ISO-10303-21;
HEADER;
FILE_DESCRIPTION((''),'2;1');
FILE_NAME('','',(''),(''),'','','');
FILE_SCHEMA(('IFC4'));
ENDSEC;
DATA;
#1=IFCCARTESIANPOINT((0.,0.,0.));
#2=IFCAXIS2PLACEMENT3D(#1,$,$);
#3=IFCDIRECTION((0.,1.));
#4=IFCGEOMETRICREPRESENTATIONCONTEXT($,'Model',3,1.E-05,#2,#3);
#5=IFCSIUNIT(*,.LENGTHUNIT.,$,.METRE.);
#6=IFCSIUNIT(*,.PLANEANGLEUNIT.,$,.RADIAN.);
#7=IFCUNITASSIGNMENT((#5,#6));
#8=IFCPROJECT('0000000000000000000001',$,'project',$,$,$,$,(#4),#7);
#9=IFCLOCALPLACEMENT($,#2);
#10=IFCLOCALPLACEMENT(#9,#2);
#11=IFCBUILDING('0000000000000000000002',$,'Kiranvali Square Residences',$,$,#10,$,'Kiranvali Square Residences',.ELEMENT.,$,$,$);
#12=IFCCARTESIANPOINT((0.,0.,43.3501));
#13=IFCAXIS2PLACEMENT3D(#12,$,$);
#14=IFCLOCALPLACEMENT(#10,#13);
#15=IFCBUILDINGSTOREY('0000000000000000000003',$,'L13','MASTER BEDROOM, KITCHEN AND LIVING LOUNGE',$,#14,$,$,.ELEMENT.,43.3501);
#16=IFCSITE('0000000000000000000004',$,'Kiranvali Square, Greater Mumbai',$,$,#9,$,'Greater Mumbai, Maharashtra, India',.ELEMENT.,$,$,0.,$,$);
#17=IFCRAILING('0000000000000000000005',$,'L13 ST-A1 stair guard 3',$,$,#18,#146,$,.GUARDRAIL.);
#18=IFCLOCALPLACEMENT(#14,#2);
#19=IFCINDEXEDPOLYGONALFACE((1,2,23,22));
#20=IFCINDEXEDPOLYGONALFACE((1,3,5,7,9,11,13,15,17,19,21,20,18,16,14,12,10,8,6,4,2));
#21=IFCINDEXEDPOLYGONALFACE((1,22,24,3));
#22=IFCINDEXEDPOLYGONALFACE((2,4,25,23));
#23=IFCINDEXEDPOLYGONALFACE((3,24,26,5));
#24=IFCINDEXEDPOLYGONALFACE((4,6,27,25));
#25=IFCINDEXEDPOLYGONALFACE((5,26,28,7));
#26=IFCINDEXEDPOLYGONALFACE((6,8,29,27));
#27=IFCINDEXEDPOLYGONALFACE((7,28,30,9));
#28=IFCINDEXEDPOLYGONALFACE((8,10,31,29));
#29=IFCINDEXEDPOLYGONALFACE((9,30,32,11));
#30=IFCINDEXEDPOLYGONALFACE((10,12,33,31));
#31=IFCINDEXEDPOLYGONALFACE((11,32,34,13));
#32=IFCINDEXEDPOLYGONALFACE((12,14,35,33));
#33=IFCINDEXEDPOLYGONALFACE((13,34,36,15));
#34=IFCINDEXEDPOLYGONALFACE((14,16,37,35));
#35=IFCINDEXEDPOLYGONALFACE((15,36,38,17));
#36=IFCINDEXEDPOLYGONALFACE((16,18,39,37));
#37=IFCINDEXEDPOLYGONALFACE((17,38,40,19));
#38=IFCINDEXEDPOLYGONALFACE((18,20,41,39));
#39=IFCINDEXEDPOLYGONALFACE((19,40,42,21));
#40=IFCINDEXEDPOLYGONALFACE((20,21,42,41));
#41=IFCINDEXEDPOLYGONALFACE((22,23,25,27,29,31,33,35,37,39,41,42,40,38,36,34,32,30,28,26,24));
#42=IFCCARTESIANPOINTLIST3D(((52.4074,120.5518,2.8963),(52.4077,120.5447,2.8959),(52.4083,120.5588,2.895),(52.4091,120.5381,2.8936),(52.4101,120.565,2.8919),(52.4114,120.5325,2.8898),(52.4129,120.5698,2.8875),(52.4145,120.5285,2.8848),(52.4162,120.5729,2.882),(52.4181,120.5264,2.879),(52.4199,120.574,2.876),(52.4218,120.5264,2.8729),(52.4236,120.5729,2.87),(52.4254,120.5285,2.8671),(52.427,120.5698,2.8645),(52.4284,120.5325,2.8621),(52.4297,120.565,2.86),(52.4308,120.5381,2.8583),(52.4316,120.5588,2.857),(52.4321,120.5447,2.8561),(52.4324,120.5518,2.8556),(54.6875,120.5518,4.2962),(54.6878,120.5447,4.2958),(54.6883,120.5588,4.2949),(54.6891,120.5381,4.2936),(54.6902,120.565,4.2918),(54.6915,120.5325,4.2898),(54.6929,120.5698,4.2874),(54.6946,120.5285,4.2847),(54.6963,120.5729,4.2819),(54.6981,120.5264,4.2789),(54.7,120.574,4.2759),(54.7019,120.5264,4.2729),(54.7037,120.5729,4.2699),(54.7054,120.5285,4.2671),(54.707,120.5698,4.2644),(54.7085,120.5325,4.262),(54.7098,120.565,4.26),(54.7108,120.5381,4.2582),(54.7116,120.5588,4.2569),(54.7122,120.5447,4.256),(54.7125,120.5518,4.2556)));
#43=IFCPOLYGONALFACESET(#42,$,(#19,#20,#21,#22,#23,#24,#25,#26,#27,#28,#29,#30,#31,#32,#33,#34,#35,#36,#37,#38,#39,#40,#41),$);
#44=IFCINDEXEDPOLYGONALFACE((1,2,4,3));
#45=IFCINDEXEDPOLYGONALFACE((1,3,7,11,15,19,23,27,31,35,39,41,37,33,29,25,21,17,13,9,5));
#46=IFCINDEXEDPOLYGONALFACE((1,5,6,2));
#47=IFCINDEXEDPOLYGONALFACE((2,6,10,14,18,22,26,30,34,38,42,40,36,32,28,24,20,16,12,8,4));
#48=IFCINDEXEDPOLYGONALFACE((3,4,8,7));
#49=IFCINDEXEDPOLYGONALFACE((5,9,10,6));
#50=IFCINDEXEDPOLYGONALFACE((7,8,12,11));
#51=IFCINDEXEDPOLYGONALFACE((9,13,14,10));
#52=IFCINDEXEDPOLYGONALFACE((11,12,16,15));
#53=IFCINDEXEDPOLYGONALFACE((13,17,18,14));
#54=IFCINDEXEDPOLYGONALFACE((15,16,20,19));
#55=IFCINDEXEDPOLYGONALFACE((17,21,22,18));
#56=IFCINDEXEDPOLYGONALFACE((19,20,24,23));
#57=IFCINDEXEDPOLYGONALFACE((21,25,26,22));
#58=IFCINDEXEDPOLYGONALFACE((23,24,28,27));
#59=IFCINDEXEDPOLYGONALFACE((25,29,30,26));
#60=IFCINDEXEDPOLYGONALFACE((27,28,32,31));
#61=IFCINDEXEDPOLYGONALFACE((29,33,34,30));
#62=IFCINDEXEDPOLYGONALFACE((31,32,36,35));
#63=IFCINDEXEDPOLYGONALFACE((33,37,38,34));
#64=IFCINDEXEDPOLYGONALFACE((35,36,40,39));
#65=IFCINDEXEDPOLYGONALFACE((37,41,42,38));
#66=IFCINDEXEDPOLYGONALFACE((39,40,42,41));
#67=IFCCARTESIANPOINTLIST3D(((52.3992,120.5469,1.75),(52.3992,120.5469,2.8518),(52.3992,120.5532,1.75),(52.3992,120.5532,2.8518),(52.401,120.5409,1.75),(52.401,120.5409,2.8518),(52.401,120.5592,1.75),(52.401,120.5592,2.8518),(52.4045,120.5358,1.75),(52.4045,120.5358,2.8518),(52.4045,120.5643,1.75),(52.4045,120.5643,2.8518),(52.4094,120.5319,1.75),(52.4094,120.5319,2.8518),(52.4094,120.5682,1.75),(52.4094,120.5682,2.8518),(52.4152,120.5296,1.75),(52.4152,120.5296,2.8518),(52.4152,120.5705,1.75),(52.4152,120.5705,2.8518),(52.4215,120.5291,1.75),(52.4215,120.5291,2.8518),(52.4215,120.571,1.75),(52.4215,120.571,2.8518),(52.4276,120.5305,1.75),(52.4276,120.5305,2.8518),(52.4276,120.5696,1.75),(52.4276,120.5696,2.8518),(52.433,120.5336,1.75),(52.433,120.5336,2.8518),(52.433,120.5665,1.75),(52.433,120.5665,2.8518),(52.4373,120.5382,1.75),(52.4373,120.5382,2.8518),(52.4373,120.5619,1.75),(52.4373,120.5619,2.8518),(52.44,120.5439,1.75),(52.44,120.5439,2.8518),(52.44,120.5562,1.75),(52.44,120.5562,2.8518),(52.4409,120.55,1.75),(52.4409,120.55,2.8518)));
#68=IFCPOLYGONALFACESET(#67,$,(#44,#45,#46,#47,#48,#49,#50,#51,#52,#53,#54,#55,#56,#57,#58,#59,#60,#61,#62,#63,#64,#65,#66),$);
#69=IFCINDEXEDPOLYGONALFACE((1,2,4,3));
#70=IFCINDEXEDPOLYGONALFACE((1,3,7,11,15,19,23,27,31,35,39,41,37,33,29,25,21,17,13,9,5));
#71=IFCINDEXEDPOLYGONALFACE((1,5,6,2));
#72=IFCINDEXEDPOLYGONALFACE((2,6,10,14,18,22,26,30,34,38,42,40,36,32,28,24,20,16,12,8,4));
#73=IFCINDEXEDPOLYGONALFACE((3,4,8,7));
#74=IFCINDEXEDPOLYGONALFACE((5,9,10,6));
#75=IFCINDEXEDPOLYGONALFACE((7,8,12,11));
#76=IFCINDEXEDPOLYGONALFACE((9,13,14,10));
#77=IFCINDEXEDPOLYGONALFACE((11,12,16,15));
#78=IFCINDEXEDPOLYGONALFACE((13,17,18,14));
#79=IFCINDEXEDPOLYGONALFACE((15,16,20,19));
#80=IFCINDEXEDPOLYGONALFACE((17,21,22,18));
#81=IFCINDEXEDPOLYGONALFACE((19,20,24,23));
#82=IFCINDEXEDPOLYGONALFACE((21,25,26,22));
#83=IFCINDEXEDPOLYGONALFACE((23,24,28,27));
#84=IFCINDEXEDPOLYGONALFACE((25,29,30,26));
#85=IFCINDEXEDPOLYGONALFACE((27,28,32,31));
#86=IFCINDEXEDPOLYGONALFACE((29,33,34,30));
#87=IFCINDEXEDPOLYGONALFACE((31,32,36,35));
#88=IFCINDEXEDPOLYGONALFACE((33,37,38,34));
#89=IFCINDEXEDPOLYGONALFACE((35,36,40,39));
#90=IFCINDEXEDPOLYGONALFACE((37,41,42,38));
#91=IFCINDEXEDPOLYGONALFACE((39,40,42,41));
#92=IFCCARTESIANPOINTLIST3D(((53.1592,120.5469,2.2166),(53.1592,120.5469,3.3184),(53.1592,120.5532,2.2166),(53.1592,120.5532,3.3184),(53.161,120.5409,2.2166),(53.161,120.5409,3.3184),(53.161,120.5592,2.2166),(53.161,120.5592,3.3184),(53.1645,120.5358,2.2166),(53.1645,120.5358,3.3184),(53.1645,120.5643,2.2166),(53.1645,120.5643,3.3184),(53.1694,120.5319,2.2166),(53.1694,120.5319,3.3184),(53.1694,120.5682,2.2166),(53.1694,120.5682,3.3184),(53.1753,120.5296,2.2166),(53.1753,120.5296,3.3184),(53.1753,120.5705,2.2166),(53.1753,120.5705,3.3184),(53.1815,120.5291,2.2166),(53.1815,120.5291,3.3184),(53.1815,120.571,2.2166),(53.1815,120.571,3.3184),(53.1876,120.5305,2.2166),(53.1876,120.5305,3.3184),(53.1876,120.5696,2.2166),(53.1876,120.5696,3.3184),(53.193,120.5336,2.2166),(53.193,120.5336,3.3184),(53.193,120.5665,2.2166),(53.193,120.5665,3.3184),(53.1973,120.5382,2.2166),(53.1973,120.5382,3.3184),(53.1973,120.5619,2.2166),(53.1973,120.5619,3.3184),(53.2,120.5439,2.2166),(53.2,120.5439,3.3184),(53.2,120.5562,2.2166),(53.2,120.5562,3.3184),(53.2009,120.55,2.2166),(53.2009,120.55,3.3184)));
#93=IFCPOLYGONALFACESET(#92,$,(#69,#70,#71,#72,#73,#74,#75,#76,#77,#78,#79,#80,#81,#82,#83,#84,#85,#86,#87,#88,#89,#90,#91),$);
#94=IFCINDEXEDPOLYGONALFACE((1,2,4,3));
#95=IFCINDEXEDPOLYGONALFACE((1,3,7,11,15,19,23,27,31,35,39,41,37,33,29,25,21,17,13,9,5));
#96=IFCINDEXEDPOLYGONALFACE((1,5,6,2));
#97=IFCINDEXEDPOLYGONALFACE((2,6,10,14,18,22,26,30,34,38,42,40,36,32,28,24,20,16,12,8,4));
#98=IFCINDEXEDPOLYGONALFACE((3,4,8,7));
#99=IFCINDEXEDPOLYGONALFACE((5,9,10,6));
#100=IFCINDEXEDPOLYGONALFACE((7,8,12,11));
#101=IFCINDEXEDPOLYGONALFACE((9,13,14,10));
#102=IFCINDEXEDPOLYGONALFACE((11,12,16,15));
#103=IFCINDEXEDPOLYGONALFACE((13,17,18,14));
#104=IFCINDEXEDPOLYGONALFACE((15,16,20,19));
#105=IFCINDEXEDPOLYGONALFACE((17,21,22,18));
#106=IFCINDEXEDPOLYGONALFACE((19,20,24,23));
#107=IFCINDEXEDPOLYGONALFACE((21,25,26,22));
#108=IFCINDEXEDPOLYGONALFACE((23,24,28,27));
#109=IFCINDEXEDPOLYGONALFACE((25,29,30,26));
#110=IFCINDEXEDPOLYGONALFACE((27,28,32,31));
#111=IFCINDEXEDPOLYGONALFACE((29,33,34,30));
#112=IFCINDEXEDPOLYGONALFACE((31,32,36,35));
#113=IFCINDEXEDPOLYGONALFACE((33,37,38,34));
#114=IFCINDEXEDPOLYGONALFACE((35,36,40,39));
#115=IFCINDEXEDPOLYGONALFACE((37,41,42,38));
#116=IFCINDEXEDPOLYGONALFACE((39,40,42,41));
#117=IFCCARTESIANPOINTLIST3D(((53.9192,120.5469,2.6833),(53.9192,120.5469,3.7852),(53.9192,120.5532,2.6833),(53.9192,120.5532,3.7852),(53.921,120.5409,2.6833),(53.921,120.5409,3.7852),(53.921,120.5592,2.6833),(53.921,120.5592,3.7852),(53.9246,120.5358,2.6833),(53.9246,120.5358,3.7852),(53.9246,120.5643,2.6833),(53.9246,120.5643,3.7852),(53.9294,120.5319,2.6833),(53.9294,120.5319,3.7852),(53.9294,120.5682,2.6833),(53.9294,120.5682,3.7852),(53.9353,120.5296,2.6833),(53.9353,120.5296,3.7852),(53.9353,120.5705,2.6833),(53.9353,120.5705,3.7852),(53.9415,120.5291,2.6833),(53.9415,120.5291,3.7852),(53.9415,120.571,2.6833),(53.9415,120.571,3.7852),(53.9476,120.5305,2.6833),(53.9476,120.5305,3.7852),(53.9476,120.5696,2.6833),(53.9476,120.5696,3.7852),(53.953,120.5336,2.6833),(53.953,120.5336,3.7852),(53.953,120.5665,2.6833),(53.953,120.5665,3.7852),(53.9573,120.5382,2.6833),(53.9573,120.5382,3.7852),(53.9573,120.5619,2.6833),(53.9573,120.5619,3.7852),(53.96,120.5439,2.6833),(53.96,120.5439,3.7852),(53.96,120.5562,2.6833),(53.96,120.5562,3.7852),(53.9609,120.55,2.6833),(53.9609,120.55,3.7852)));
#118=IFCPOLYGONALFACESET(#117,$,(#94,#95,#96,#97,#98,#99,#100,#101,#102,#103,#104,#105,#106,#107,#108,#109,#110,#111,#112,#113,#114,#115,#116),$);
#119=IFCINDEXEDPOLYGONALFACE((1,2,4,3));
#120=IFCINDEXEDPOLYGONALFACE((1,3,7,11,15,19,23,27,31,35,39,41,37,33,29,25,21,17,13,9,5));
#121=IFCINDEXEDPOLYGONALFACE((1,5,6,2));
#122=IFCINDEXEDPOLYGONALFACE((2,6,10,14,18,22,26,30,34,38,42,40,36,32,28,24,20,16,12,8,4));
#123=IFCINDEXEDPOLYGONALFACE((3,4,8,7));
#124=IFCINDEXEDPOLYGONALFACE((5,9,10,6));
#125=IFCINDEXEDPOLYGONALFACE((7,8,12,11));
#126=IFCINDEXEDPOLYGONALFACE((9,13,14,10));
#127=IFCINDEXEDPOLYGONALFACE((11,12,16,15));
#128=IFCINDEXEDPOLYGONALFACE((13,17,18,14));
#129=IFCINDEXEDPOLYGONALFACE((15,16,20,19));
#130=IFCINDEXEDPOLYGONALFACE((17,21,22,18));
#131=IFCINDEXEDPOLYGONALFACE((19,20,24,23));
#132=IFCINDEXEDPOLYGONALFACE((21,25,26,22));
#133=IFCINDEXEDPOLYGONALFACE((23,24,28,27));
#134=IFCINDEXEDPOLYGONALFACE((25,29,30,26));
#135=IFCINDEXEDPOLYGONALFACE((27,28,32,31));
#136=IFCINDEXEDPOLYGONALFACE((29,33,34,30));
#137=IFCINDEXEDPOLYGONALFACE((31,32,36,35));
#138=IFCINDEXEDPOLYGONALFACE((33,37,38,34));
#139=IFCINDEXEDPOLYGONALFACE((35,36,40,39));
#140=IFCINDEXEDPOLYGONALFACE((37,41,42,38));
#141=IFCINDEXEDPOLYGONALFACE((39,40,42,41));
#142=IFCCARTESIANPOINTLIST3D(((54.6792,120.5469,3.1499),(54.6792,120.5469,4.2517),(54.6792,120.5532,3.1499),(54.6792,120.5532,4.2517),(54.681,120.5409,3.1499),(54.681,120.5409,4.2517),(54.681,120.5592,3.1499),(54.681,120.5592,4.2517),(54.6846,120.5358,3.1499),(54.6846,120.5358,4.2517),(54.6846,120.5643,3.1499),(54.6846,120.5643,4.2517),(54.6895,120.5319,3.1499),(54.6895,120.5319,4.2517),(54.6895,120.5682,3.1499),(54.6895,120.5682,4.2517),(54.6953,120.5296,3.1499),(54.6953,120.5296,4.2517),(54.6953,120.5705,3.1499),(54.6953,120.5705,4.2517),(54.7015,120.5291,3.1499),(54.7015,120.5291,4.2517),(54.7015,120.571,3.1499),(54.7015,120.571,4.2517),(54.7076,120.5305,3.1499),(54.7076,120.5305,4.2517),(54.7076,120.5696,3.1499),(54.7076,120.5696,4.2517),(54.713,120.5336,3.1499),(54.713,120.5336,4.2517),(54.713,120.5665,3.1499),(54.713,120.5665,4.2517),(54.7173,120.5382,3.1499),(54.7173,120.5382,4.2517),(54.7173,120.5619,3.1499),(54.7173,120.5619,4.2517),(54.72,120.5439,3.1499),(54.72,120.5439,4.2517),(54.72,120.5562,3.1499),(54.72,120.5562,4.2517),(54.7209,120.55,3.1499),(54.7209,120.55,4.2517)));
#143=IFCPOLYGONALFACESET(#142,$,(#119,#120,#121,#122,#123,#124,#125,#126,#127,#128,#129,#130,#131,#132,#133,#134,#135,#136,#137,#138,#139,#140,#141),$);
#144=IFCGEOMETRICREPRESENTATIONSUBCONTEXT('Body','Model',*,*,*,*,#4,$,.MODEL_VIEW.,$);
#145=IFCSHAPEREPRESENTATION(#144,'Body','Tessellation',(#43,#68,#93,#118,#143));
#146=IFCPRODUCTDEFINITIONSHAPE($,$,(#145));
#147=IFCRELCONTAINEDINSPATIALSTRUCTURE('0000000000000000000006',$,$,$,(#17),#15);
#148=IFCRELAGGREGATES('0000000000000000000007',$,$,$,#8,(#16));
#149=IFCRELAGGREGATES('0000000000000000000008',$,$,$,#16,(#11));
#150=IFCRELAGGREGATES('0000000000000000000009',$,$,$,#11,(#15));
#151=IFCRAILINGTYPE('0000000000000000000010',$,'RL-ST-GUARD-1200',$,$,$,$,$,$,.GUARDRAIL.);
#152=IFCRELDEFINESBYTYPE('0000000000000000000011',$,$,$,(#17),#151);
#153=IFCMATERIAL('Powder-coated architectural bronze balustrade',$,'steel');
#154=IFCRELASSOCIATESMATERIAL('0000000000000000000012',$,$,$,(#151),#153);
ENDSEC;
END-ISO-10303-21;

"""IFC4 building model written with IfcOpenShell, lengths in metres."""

from ifc_helpers import new_model, si_unit, direction, frame, origin, origin_2d, place, context, subcontext, project, spatial, circle, extrude, material, type_object, element, save


model = new_model("IFC4")

# Units and contexts
model_context = context("Model", 3, precision=1e-05, world=origin(), true_north=direction((0.0, 1.0)))
body_context = subcontext(model_context, "Body", "Model", "MODEL_VIEW")
ifc_project = project(units=[si_unit("LENGTHUNIT", "METRE"), si_unit("PLANEANGLEUNIT", "RADIAN")], contexts=[model_context])

# Site, building, storey
site_placement = place(None, origin())
site = spatial("IfcSite", under=ifc_project, at=site_placement, Name="Kiranvali Square, Greater Mumbai", LongName="Greater Mumbai, Maharashtra, India", CompositionType="ELEMENT", RefElevation=0.0)
building_placement = place(site_placement, origin())
building = spatial("IfcBuilding", under=site, at=building_placement, Name="Kiranvali Square Residences", LongName="Kiranvali Square Residences", CompositionType="ELEMENT")
storey_placement = place(building_placement, frame((0.0, 0.0, 43.3501)))
storey = spatial("IfcBuildingStorey", under=building, at=storey_placement, Name="L13", Description="MASTER BEDROOM, KITCHEN AND LIVING LOUNGE", CompositionType="ELEMENT", Elevation=43.3501)

# Railing
ifc_material_1 = material(Name="Powder-coated architectural bronze balustrade", Category="steel")
railing_type_1 = type_object("IfcRailingType", Name="RL-ST-GUARD-1200", PredefinedType="GUARDRAIL", material=ifc_material_1)
railing_1_placement = place(storey_placement, frame((52.4199, 120.55, 1.75)))
element("IfcRailing", 1, at=railing_1_placement, inside=storey, type_object=railing_type_1, Name="L13 ST-A1 stair guard 3", PredefinedType="GUARDRAIL", context=body_context, shape_type="SweptSolid", body=[
    extrude(circle(Radius=0.0239, at=origin_2d()), frame((0.0, 0.0, 1.126), z_axis=(0.85219, 0.0, 0.523232), x_axis=(0.0, 1.0, 0.0)), (0.0, 0.0, 1.0), 2.6755),
    extrude(circle(Radius=0.021, at=origin_2d()), origin(), (0.0, 0.0, 1.0), 1.1018),
    extrude(circle(Radius=0.021, at=origin_2d()), frame((0.76, 0.0, 0.4666)), (0.0, 0.0, 1.0), 1.1018),
    extrude(circle(Radius=0.021, at=origin_2d()), frame((1.52, 0.0, 0.9333)), (0.0, 0.0, 1.0), 1.1018),
    extrude(circle(Radius=0.021, at=origin_2d()), frame((2.28, 0.0, 1.3999)), (0.0, 0.0, 1.0), 1.1018),
])

save(model, "model.ifc")
